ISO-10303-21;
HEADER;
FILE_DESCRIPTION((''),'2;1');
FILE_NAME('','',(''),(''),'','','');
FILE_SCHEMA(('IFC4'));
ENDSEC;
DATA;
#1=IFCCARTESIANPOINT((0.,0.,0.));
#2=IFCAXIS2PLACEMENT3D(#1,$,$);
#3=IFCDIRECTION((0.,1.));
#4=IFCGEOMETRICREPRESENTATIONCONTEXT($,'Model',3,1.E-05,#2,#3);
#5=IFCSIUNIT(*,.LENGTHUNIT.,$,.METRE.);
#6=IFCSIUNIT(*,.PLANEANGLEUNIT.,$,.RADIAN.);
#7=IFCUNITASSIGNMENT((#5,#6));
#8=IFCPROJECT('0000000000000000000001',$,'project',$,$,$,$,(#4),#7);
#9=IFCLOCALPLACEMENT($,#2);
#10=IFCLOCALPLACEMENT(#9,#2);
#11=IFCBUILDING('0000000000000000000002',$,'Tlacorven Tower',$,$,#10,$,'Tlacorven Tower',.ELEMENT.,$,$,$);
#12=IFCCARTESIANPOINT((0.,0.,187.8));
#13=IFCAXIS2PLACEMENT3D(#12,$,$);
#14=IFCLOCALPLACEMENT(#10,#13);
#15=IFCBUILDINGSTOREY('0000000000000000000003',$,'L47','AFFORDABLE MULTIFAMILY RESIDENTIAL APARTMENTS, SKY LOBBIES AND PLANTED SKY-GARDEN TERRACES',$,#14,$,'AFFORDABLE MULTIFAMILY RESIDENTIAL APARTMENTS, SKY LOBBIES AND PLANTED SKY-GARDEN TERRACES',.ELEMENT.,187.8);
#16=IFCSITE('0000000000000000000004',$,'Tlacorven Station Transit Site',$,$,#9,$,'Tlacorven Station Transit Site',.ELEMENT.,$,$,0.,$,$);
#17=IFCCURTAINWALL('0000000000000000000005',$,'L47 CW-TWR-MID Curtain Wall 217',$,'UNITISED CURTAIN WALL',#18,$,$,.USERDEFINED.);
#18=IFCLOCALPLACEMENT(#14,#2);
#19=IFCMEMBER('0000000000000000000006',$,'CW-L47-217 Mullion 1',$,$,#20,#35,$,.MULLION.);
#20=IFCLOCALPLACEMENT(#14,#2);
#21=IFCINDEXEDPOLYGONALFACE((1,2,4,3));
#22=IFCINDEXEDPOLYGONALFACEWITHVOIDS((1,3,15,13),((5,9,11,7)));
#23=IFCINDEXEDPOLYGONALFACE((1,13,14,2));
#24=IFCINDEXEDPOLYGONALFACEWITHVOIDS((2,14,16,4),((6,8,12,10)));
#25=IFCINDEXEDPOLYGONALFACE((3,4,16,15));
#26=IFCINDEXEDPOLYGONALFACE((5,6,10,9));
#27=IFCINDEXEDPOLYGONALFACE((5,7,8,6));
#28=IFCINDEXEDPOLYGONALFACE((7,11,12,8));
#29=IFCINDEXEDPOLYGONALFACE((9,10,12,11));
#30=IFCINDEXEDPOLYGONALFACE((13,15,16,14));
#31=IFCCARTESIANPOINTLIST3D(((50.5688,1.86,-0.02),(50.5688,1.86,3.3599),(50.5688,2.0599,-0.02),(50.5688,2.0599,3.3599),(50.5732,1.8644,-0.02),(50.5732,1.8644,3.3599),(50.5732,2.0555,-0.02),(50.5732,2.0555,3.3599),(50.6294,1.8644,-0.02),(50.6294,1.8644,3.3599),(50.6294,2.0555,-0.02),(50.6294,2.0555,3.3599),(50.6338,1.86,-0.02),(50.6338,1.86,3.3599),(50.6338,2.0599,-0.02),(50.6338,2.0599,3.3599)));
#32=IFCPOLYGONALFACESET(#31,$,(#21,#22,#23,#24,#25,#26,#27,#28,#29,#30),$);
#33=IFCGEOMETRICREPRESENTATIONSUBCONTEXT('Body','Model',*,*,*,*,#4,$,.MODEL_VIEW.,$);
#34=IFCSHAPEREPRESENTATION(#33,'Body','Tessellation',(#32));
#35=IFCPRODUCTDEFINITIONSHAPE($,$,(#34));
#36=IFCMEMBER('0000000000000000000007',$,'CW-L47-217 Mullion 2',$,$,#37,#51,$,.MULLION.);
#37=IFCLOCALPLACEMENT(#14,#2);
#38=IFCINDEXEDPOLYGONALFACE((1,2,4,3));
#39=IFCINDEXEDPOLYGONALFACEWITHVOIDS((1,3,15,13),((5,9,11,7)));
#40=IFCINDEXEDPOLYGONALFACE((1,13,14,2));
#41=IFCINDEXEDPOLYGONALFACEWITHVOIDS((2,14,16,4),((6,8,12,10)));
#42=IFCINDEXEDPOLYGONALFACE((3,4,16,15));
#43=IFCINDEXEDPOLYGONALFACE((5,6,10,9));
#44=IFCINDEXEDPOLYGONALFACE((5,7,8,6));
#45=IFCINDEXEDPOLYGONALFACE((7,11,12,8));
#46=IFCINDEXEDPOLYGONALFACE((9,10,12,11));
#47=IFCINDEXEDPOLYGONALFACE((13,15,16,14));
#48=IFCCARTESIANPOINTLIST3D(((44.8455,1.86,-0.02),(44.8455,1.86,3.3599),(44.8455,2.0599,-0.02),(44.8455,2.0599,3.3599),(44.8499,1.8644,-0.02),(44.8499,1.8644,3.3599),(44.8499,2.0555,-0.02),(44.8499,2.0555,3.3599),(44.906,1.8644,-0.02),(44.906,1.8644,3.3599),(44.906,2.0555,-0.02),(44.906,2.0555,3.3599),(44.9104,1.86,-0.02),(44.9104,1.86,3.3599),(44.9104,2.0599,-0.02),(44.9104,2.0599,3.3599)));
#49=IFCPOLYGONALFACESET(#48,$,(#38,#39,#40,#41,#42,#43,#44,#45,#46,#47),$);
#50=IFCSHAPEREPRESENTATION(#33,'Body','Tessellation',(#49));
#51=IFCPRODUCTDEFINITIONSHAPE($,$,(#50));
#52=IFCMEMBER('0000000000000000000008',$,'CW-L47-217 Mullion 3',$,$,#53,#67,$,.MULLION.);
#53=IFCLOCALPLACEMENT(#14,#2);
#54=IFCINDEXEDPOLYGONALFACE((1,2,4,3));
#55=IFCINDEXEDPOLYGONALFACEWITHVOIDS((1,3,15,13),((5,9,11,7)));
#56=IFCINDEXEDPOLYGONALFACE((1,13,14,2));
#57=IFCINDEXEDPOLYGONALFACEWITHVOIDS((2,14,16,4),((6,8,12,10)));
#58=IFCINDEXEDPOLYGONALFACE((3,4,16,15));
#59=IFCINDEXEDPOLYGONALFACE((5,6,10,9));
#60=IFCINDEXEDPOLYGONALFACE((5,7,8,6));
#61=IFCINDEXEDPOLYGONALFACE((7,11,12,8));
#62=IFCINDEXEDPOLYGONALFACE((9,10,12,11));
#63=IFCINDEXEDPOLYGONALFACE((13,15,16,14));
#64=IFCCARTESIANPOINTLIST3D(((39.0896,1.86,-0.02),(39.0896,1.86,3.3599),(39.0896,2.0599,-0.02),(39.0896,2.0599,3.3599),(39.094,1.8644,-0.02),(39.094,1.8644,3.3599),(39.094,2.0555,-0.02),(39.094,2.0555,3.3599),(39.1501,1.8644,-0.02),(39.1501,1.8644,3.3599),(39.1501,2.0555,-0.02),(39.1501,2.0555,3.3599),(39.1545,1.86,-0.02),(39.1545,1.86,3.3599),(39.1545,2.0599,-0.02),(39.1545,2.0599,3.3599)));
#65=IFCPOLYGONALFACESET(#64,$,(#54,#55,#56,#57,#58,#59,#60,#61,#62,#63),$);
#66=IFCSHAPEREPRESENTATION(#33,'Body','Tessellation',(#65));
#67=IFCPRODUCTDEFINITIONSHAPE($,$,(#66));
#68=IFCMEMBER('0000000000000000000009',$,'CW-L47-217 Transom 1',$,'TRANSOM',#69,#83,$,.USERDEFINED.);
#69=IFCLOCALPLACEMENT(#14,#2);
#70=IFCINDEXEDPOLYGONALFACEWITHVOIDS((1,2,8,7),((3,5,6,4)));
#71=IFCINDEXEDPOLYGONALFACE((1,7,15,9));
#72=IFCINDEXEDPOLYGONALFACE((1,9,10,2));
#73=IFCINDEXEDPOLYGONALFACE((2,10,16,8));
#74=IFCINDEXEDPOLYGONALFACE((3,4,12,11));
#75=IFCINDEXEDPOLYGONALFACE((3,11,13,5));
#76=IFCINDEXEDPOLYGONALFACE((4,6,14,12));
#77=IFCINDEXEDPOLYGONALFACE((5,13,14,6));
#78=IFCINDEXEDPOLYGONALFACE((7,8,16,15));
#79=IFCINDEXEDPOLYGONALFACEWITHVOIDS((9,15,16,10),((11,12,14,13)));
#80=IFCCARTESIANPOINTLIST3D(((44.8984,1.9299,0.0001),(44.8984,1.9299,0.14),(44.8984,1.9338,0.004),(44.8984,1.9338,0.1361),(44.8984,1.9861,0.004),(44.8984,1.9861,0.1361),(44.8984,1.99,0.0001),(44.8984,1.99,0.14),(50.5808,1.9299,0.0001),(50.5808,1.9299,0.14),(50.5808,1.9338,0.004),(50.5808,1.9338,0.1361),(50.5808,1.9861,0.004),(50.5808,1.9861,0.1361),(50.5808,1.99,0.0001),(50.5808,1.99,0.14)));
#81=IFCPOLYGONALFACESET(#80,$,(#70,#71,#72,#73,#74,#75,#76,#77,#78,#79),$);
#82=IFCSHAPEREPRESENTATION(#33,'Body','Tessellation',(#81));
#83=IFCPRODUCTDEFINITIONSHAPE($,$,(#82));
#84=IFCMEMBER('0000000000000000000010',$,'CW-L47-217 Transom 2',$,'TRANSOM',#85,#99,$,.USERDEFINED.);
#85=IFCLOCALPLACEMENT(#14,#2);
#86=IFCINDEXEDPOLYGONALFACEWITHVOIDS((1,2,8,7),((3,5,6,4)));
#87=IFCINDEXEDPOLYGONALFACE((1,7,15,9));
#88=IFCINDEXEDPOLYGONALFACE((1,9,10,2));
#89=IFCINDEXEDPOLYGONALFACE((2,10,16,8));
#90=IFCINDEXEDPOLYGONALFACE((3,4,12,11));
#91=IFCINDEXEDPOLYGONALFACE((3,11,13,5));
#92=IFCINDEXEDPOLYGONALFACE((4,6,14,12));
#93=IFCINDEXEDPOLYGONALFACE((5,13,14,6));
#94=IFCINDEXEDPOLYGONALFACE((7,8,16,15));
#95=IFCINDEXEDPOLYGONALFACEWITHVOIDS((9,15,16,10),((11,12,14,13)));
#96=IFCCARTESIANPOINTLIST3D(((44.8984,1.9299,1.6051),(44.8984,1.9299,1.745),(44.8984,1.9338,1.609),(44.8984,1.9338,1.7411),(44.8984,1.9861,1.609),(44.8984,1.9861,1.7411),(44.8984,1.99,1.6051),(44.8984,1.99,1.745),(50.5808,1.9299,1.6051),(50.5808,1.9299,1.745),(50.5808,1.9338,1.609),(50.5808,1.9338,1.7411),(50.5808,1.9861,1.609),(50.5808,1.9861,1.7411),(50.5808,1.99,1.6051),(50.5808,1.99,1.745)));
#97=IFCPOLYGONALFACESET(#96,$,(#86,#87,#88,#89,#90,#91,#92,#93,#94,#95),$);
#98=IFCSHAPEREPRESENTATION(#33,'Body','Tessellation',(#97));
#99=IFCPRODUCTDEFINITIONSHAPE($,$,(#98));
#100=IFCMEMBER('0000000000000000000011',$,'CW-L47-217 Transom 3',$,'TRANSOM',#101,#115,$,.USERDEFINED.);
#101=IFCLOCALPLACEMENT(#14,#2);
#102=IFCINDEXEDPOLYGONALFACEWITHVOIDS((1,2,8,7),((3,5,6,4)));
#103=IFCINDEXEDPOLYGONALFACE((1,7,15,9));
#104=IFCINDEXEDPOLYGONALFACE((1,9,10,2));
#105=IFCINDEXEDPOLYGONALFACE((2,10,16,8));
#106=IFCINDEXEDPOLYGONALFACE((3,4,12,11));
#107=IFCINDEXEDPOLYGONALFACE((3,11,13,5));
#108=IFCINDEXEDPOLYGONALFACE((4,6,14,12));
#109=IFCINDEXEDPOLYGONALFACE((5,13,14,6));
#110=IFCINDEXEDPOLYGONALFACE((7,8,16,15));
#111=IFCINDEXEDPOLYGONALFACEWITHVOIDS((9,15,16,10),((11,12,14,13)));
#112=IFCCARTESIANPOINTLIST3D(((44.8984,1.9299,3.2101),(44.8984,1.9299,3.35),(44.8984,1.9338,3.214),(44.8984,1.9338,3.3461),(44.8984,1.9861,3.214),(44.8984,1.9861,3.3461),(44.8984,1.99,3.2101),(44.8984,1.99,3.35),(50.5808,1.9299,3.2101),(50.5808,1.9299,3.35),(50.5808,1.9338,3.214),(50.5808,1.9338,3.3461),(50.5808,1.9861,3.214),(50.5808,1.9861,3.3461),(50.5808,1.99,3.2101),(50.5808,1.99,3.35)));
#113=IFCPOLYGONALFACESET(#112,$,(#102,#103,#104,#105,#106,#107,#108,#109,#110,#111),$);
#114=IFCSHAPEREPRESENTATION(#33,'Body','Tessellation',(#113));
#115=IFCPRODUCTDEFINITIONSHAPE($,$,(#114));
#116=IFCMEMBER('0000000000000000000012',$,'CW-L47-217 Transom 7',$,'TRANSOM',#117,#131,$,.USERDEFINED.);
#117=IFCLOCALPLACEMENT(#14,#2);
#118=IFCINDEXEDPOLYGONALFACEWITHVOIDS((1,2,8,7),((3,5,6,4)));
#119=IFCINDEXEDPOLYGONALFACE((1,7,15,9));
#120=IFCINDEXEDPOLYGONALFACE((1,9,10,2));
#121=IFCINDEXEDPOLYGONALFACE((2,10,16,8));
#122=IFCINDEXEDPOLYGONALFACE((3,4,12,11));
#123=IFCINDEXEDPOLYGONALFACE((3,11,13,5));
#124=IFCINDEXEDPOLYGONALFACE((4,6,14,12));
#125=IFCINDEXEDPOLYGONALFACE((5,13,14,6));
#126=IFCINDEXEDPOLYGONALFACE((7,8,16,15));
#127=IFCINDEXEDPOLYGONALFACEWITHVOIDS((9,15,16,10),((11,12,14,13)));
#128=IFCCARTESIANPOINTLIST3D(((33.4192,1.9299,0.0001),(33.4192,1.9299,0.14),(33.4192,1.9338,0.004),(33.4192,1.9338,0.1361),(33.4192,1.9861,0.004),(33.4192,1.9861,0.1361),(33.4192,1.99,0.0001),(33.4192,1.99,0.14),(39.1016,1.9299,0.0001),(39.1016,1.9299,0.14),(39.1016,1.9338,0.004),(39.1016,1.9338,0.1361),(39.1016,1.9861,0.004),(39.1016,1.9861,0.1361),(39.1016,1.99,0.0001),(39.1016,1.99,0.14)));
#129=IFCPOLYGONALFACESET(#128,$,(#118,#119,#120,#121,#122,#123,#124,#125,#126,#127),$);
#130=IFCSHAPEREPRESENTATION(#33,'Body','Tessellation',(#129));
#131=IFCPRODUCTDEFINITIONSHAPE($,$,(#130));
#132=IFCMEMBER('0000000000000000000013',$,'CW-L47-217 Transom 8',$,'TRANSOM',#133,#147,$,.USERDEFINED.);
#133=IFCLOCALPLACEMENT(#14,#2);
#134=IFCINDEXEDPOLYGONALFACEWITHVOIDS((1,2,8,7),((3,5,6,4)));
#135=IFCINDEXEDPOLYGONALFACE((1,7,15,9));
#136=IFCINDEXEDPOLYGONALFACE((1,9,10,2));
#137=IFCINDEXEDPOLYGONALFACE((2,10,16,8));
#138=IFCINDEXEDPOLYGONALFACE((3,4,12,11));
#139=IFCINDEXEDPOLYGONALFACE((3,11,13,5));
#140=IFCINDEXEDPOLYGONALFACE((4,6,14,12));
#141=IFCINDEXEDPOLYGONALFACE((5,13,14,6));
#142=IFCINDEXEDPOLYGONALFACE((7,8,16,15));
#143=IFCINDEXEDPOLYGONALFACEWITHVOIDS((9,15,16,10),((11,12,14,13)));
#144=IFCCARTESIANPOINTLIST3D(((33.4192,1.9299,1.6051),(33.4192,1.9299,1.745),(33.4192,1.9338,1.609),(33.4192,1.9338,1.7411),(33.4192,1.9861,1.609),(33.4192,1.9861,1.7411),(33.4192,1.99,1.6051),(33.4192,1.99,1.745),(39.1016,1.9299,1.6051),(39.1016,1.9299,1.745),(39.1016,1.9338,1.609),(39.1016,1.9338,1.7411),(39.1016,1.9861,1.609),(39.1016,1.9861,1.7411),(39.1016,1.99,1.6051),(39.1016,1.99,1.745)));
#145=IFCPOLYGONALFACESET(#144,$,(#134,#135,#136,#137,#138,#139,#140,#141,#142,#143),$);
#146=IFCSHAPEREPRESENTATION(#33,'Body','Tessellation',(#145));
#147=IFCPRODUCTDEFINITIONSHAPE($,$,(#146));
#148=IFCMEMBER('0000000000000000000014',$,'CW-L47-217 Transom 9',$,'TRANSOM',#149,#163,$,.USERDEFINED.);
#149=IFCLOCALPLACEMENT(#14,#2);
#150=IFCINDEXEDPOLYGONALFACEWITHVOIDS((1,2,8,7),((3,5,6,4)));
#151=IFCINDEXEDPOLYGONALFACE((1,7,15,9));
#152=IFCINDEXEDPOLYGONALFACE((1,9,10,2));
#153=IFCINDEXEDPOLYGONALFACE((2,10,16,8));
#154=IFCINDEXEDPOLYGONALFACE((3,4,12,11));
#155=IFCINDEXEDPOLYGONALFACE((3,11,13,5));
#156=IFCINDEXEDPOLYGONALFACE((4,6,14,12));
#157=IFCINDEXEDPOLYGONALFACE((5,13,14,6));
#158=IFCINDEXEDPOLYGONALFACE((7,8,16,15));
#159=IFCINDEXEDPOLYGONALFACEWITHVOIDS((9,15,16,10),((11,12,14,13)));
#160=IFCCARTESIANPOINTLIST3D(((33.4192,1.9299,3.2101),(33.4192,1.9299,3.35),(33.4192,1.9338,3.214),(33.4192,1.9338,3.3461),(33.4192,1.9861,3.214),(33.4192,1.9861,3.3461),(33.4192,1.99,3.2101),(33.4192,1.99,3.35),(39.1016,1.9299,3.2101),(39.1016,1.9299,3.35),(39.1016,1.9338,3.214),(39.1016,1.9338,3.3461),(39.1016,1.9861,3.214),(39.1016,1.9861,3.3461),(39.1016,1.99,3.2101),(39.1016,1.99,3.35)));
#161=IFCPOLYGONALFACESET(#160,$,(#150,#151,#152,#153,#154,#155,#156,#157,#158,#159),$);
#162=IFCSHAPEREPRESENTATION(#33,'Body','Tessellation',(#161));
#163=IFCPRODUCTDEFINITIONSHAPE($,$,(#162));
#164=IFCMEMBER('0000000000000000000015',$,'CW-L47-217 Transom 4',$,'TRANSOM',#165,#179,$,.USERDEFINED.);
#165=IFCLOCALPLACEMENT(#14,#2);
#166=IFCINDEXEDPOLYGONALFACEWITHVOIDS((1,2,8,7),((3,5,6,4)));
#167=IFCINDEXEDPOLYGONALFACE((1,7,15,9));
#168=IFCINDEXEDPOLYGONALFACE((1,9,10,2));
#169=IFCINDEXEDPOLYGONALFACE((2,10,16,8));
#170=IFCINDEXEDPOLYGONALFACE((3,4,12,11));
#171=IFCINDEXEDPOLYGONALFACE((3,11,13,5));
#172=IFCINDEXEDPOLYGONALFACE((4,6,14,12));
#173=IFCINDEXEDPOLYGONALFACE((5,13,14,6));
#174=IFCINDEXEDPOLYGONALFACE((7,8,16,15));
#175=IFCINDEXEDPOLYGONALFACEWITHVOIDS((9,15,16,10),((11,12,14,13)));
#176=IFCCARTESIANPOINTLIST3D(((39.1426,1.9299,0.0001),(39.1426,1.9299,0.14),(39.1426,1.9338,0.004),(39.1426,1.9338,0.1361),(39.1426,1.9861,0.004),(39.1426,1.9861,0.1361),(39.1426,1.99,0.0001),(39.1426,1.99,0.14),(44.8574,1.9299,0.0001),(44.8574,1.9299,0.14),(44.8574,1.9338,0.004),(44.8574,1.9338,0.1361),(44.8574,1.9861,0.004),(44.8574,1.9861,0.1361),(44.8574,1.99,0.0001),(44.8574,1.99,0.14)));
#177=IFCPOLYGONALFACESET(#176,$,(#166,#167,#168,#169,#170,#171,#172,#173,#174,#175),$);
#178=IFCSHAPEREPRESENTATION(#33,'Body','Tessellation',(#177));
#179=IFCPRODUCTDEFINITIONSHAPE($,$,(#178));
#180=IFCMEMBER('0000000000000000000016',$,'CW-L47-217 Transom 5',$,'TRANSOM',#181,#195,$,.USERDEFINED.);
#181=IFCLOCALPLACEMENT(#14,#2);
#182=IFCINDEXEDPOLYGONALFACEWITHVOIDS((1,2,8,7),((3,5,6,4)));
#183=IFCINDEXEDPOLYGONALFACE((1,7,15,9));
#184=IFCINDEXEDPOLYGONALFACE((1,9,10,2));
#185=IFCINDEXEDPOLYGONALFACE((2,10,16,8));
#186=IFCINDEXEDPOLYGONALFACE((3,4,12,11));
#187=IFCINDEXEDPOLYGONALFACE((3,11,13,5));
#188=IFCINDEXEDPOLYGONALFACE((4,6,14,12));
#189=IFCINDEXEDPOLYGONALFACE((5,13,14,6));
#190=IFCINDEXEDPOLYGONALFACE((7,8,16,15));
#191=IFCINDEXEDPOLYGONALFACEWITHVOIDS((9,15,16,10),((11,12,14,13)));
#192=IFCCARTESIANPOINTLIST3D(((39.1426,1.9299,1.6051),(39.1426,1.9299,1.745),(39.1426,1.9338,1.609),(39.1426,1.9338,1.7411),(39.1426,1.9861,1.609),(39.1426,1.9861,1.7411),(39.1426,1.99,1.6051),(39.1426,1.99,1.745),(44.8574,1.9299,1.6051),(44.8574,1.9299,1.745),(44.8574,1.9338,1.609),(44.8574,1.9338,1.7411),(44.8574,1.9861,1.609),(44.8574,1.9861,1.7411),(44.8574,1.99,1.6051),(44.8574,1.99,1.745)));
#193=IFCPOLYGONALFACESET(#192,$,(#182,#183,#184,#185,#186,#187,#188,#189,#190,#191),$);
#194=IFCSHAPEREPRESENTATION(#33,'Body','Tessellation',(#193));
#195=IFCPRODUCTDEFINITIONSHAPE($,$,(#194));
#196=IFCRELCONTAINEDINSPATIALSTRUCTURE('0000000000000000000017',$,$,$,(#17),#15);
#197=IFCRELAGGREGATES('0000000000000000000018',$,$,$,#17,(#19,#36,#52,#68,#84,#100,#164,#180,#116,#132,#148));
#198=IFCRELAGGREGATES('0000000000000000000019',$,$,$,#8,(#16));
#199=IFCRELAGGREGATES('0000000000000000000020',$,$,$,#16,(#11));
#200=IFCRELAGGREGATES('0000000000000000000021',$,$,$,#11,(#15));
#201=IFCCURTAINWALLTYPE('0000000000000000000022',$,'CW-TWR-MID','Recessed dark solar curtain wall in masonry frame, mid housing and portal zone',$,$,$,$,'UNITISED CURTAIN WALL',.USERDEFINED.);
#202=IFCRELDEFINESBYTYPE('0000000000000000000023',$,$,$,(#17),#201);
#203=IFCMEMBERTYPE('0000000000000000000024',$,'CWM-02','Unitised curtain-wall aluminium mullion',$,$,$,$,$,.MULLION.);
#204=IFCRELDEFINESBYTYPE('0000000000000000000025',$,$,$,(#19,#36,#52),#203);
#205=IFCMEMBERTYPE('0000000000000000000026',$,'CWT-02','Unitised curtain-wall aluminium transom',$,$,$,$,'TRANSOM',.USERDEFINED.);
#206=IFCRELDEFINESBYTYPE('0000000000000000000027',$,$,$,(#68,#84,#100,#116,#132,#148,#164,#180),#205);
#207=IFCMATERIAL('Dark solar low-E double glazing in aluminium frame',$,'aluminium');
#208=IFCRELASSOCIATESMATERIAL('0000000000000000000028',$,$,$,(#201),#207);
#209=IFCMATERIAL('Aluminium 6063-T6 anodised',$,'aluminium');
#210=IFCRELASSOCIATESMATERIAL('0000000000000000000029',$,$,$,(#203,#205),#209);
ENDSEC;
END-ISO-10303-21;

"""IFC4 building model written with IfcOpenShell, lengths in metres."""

from ifc_helpers import new_model, si_unit, direction, frame, origin, origin_2d, place, context, subcontext, project, spatial, hollow_rectangle, extrude, source, transform, mapped, material, material_profile, profile_set, type_object, element, aggregate, save


model = new_model("IFC4")

# Units and contexts
model_context = context("Model", 3, precision=1e-05, world=origin(), true_north=direction((0.0, 1.0)))
body_context = subcontext(model_context, "Body", "Model", "MODEL_VIEW")
ifc_project = project(units=[si_unit("LENGTHUNIT", "METRE"), si_unit("PLANEANGLEUNIT", "RADIAN")], contexts=[model_context])

# Site, building, storey
site_placement = place(None, origin())
site = spatial("IfcSite", under=ifc_project, at=site_placement, Name="Tlacorven Station Transit Site", LongName="Tlacorven Station Transit Site", CompositionType="ELEMENT", RefElevation=0.0)
building_placement = place(site_placement, origin())
building = spatial("IfcBuilding", under=site, at=building_placement, Name="Tlacorven Tower", LongName="Tlacorven Tower", CompositionType="ELEMENT")
storey_placement = place(building_placement, frame((0.0, 0.0, 187.8)))
storey = spatial("IfcBuildingStorey", under=building, at=storey_placement, Name="L47", Description="AFFORDABLE MULTIFAMILY RESIDENTIAL APARTMENTS, SKY LOBBIES AND PLANTED SKY-GARDEN TERRACES", LongName="AFFORDABLE MULTIFAMILY RESIDENTIAL APARTMENTS, SKY LOBBIES AND PLANTED SKY-GARDEN TERRACES", CompositionType="ELEMENT", Elevation=187.8)

# Curtain wall, members
ifc_material_1 = material(Name="Dark solar low-E double glazing in aluminium frame", Category="aluminium")
curtain_wall_type = type_object("IfcCurtainWallType", Name="CW-TWR-MID", Description="Recessed dark solar curtain wall in masonry frame, mid housing and portal zone", ElementType="UNITISED CURTAIN WALL", PredefinedType="USERDEFINED", material=ifc_material_1)
curtain_wall_placement = place(storey_placement, origin())
curtain_wall = element("IfcCurtainWall", 1, at=curtain_wall_placement, inside=storey, type_object=curtain_wall_type, Name="L47 CW-TWR-MID Curtain Wall 217", ObjectType="UNITISED CURTAIN WALL", PredefinedType="USERDEFINED")
ifc_material_2 = material(Name="Aluminium 6063-T6 anodised", Category="aluminium")
ifc_material_profile_1 = material_profile(ifc_material_2, hollow_rectangle(XDim=0.0649, YDim=0.2, WallThickness=0.0044, at=origin_2d()), Name="ALU MULLION 65X200")
ifc_profile_set_1 = profile_set([ifc_material_profile_1], Name="Aluminium 6063-T6 anodised")
member_type_1 = type_object("IfcMemberType", Name="CWM-02", Description="Unitised curtain-wall aluminium mullion", PredefinedType="MULLION", material=ifc_profile_set_1)
shared_shape_1 = source(origin(), body_context, "Body", "SweptSolid", [
    extrude(hollow_rectangle(XDim=0.0649, YDim=0.2, WallThickness=0.0044, at=origin_2d()), origin(), (0.0, 0.0, 1.0), 3.3799),
])
member_1_placement = place(storey_placement, frame((50.6013, 1.96, -0.02), z_axis=(0.0, 0.0, 1.0), x_axis=(-1.0, 0.0, 0.0)))
member_1 = element("IfcMember", 2, at=member_1_placement, type_object=member_type_1, Name="CW-L47-217 Mullion 1", PredefinedType="MULLION", context=body_context, shape_type="MappedRepresentation", body=[
    mapped(shared_shape_1, transform((0.0, 0.0, 0.0), scale=1.0)),
])
member_2_placement = place(storey_placement, frame((44.8779, 1.96, -0.02), z_axis=(0.0, 0.0, 1.0), x_axis=(-1.0, 0.0, 0.0)))
member_2 = element("IfcMember", 3, at=member_2_placement, type_object=member_type_1, Name="CW-L47-217 Mullion 2", PredefinedType="MULLION", context=body_context, shape_type="MappedRepresentation", body=[
    mapped(shared_shape_1, transform((0.0, 0.0, 0.0), scale=1.0)),
])
member_3_placement = place(storey_placement, frame((39.1221, 1.96, -0.02), z_axis=(0.0, 0.0, 1.0), x_axis=(-1.0, 0.0, 0.0)))
member_3 = element("IfcMember", 4, at=member_3_placement, type_object=member_type_1, Name="CW-L47-217 Mullion 3", PredefinedType="MULLION", context=body_context, shape_type="MappedRepresentation", body=[
    mapped(shared_shape_1, transform((0.0, 0.0, 0.0), scale=1.0)),
])
ifc_material_profile_2 = material_profile(ifc_material_2, hollow_rectangle(XDim=0.0601, YDim=0.1399, WallThickness=0.0039, at=origin_2d()), Name="ALU TRANSOM 60X140")
ifc_profile_set_2 = profile_set([ifc_material_profile_2], Name="Aluminium 6063-T6 anodised")
member_type_2 = type_object("IfcMemberType", Name="CWT-02", Description="Unitised curtain-wall aluminium transom", ElementType="TRANSOM", PredefinedType="USERDEFINED", material=ifc_profile_set_2)
shared_shape_2 = source(origin(), body_context, "Body", "SweptSolid", [
    extrude(hollow_rectangle(XDim=0.0601, YDim=0.1399, WallThickness=0.0039, at=origin_2d()), origin(), (0.0, 0.0, 1.0), 5.6824),
])
member_4_placement = place(storey_placement, frame((50.5808, 1.96, 0.0701), z_axis=(-1.0, 0.0, 0.0), x_axis=(0.0, -1.0, 0.0)))
member_4 = element("IfcMember", 5, at=member_4_placement, type_object=member_type_2, Name="CW-L47-217 Transom 1", ObjectType="TRANSOM", PredefinedType="USERDEFINED", context=body_context, shape_type="MappedRepresentation", body=[
    mapped(shared_shape_2, transform((0.0, 0.0, 0.0), scale=1.0)),
])
member_5_placement = place(storey_placement, frame((50.5808, 1.96, 1.675), z_axis=(-1.0, 0.0, 0.0), x_axis=(0.0, -1.0, 0.0)))
member_5 = element("IfcMember", 6, at=member_5_placement, type_object=member_type_2, Name="CW-L47-217 Transom 2", ObjectType="TRANSOM", PredefinedType="USERDEFINED", context=body_context, shape_type="MappedRepresentation", body=[
    mapped(shared_shape_2, transform((0.0, 0.0, 0.0), scale=1.0)),
])
member_6_placement = place(storey_placement, frame((50.5808, 1.96, 3.28), z_axis=(-1.0, 0.0, 0.0), x_axis=(0.0, -1.0, 0.0)))
member_6 = element("IfcMember", 7, at=member_6_placement, type_object=member_type_2, Name="CW-L47-217 Transom 3", ObjectType="TRANSOM", PredefinedType="USERDEFINED", context=body_context, shape_type="MappedRepresentation", body=[
    mapped(shared_shape_2, transform((0.0, 0.0, 0.0), scale=1.0)),
])
member_7_placement = place(storey_placement, frame((39.1016, 1.96, 0.0701), z_axis=(-1.0, 0.0, 0.0), x_axis=(0.0, -1.0, 0.0)))
member_7 = element("IfcMember", 8, at=member_7_placement, type_object=member_type_2, Name="CW-L47-217 Transom 7", ObjectType="TRANSOM", PredefinedType="USERDEFINED", context=body_context, shape_type="MappedRepresentation", body=[
    mapped(shared_shape_2, transform((0.0, 0.0, 0.0), scale=1.0)),
])
member_8_placement = place(storey_placement, frame((39.1016, 1.96, 1.675), z_axis=(-1.0, 0.0, 0.0), x_axis=(0.0, -1.0, 0.0)))
member_8 = element("IfcMember", 9, at=member_8_placement, type_object=member_type_2, Name="CW-L47-217 Transom 8", ObjectType="TRANSOM", PredefinedType="USERDEFINED", context=body_context, shape_type="MappedRepresentation", body=[
    mapped(shared_shape_2, transform((0.0, 0.0, 0.0), scale=1.0)),
])
member_9_placement = place(storey_placement, frame((39.1016, 1.96, 3.28), z_axis=(-1.0, 0.0, 0.0), x_axis=(0.0, -1.0, 0.0)))
member_9 = element("IfcMember", 10, at=member_9_placement, type_object=member_type_2, Name="CW-L47-217 Transom 9", ObjectType="TRANSOM", PredefinedType="USERDEFINED", context=body_context, shape_type="MappedRepresentation", body=[
    mapped(shared_shape_2, transform((0.0, 0.0, 0.0), scale=1.0)),
])
shared_shape_3 = source(origin(), body_context, "Body", "SweptSolid", [
    extrude(hollow_rectangle(XDim=0.0601, YDim=0.1399, WallThickness=0.0039, at=origin_2d()), origin(), (0.0, 0.0, 1.0), 5.7148),
])
member_10_placement = place(storey_placement, frame((44.8574, 1.96, 0.0701), z_axis=(-1.0, 0.0, 0.0), x_axis=(0.0, -1.0, 0.0)))
member_10 = element("IfcMember", 11, at=member_10_placement, type_object=member_type_2, Name="CW-L47-217 Transom 4", ObjectType="TRANSOM", PredefinedType="USERDEFINED", context=body_context, shape_type="MappedRepresentation", body=[
    mapped(shared_shape_3, transform((0.0, 0.0, 0.0), scale=1.0)),
])
member_11_placement = place(storey_placement, frame((44.8574, 1.96, 1.675), z_axis=(-1.0, 0.0, 0.0), x_axis=(0.0, -1.0, 0.0)))
member_11 = element("IfcMember", 12, at=member_11_placement, type_object=member_type_2, Name="CW-L47-217 Transom 5", ObjectType="TRANSOM", PredefinedType="USERDEFINED", context=body_context, shape_type="MappedRepresentation", body=[
    mapped(shared_shape_3, transform((0.0, 0.0, 0.0), scale=1.0)),
])
aggregate(curtain_wall, [member_1, member_2, member_3, member_4, member_5, member_6, member_10, member_11, member_7, member_8, member_9])

save(model, "model.ifc")
